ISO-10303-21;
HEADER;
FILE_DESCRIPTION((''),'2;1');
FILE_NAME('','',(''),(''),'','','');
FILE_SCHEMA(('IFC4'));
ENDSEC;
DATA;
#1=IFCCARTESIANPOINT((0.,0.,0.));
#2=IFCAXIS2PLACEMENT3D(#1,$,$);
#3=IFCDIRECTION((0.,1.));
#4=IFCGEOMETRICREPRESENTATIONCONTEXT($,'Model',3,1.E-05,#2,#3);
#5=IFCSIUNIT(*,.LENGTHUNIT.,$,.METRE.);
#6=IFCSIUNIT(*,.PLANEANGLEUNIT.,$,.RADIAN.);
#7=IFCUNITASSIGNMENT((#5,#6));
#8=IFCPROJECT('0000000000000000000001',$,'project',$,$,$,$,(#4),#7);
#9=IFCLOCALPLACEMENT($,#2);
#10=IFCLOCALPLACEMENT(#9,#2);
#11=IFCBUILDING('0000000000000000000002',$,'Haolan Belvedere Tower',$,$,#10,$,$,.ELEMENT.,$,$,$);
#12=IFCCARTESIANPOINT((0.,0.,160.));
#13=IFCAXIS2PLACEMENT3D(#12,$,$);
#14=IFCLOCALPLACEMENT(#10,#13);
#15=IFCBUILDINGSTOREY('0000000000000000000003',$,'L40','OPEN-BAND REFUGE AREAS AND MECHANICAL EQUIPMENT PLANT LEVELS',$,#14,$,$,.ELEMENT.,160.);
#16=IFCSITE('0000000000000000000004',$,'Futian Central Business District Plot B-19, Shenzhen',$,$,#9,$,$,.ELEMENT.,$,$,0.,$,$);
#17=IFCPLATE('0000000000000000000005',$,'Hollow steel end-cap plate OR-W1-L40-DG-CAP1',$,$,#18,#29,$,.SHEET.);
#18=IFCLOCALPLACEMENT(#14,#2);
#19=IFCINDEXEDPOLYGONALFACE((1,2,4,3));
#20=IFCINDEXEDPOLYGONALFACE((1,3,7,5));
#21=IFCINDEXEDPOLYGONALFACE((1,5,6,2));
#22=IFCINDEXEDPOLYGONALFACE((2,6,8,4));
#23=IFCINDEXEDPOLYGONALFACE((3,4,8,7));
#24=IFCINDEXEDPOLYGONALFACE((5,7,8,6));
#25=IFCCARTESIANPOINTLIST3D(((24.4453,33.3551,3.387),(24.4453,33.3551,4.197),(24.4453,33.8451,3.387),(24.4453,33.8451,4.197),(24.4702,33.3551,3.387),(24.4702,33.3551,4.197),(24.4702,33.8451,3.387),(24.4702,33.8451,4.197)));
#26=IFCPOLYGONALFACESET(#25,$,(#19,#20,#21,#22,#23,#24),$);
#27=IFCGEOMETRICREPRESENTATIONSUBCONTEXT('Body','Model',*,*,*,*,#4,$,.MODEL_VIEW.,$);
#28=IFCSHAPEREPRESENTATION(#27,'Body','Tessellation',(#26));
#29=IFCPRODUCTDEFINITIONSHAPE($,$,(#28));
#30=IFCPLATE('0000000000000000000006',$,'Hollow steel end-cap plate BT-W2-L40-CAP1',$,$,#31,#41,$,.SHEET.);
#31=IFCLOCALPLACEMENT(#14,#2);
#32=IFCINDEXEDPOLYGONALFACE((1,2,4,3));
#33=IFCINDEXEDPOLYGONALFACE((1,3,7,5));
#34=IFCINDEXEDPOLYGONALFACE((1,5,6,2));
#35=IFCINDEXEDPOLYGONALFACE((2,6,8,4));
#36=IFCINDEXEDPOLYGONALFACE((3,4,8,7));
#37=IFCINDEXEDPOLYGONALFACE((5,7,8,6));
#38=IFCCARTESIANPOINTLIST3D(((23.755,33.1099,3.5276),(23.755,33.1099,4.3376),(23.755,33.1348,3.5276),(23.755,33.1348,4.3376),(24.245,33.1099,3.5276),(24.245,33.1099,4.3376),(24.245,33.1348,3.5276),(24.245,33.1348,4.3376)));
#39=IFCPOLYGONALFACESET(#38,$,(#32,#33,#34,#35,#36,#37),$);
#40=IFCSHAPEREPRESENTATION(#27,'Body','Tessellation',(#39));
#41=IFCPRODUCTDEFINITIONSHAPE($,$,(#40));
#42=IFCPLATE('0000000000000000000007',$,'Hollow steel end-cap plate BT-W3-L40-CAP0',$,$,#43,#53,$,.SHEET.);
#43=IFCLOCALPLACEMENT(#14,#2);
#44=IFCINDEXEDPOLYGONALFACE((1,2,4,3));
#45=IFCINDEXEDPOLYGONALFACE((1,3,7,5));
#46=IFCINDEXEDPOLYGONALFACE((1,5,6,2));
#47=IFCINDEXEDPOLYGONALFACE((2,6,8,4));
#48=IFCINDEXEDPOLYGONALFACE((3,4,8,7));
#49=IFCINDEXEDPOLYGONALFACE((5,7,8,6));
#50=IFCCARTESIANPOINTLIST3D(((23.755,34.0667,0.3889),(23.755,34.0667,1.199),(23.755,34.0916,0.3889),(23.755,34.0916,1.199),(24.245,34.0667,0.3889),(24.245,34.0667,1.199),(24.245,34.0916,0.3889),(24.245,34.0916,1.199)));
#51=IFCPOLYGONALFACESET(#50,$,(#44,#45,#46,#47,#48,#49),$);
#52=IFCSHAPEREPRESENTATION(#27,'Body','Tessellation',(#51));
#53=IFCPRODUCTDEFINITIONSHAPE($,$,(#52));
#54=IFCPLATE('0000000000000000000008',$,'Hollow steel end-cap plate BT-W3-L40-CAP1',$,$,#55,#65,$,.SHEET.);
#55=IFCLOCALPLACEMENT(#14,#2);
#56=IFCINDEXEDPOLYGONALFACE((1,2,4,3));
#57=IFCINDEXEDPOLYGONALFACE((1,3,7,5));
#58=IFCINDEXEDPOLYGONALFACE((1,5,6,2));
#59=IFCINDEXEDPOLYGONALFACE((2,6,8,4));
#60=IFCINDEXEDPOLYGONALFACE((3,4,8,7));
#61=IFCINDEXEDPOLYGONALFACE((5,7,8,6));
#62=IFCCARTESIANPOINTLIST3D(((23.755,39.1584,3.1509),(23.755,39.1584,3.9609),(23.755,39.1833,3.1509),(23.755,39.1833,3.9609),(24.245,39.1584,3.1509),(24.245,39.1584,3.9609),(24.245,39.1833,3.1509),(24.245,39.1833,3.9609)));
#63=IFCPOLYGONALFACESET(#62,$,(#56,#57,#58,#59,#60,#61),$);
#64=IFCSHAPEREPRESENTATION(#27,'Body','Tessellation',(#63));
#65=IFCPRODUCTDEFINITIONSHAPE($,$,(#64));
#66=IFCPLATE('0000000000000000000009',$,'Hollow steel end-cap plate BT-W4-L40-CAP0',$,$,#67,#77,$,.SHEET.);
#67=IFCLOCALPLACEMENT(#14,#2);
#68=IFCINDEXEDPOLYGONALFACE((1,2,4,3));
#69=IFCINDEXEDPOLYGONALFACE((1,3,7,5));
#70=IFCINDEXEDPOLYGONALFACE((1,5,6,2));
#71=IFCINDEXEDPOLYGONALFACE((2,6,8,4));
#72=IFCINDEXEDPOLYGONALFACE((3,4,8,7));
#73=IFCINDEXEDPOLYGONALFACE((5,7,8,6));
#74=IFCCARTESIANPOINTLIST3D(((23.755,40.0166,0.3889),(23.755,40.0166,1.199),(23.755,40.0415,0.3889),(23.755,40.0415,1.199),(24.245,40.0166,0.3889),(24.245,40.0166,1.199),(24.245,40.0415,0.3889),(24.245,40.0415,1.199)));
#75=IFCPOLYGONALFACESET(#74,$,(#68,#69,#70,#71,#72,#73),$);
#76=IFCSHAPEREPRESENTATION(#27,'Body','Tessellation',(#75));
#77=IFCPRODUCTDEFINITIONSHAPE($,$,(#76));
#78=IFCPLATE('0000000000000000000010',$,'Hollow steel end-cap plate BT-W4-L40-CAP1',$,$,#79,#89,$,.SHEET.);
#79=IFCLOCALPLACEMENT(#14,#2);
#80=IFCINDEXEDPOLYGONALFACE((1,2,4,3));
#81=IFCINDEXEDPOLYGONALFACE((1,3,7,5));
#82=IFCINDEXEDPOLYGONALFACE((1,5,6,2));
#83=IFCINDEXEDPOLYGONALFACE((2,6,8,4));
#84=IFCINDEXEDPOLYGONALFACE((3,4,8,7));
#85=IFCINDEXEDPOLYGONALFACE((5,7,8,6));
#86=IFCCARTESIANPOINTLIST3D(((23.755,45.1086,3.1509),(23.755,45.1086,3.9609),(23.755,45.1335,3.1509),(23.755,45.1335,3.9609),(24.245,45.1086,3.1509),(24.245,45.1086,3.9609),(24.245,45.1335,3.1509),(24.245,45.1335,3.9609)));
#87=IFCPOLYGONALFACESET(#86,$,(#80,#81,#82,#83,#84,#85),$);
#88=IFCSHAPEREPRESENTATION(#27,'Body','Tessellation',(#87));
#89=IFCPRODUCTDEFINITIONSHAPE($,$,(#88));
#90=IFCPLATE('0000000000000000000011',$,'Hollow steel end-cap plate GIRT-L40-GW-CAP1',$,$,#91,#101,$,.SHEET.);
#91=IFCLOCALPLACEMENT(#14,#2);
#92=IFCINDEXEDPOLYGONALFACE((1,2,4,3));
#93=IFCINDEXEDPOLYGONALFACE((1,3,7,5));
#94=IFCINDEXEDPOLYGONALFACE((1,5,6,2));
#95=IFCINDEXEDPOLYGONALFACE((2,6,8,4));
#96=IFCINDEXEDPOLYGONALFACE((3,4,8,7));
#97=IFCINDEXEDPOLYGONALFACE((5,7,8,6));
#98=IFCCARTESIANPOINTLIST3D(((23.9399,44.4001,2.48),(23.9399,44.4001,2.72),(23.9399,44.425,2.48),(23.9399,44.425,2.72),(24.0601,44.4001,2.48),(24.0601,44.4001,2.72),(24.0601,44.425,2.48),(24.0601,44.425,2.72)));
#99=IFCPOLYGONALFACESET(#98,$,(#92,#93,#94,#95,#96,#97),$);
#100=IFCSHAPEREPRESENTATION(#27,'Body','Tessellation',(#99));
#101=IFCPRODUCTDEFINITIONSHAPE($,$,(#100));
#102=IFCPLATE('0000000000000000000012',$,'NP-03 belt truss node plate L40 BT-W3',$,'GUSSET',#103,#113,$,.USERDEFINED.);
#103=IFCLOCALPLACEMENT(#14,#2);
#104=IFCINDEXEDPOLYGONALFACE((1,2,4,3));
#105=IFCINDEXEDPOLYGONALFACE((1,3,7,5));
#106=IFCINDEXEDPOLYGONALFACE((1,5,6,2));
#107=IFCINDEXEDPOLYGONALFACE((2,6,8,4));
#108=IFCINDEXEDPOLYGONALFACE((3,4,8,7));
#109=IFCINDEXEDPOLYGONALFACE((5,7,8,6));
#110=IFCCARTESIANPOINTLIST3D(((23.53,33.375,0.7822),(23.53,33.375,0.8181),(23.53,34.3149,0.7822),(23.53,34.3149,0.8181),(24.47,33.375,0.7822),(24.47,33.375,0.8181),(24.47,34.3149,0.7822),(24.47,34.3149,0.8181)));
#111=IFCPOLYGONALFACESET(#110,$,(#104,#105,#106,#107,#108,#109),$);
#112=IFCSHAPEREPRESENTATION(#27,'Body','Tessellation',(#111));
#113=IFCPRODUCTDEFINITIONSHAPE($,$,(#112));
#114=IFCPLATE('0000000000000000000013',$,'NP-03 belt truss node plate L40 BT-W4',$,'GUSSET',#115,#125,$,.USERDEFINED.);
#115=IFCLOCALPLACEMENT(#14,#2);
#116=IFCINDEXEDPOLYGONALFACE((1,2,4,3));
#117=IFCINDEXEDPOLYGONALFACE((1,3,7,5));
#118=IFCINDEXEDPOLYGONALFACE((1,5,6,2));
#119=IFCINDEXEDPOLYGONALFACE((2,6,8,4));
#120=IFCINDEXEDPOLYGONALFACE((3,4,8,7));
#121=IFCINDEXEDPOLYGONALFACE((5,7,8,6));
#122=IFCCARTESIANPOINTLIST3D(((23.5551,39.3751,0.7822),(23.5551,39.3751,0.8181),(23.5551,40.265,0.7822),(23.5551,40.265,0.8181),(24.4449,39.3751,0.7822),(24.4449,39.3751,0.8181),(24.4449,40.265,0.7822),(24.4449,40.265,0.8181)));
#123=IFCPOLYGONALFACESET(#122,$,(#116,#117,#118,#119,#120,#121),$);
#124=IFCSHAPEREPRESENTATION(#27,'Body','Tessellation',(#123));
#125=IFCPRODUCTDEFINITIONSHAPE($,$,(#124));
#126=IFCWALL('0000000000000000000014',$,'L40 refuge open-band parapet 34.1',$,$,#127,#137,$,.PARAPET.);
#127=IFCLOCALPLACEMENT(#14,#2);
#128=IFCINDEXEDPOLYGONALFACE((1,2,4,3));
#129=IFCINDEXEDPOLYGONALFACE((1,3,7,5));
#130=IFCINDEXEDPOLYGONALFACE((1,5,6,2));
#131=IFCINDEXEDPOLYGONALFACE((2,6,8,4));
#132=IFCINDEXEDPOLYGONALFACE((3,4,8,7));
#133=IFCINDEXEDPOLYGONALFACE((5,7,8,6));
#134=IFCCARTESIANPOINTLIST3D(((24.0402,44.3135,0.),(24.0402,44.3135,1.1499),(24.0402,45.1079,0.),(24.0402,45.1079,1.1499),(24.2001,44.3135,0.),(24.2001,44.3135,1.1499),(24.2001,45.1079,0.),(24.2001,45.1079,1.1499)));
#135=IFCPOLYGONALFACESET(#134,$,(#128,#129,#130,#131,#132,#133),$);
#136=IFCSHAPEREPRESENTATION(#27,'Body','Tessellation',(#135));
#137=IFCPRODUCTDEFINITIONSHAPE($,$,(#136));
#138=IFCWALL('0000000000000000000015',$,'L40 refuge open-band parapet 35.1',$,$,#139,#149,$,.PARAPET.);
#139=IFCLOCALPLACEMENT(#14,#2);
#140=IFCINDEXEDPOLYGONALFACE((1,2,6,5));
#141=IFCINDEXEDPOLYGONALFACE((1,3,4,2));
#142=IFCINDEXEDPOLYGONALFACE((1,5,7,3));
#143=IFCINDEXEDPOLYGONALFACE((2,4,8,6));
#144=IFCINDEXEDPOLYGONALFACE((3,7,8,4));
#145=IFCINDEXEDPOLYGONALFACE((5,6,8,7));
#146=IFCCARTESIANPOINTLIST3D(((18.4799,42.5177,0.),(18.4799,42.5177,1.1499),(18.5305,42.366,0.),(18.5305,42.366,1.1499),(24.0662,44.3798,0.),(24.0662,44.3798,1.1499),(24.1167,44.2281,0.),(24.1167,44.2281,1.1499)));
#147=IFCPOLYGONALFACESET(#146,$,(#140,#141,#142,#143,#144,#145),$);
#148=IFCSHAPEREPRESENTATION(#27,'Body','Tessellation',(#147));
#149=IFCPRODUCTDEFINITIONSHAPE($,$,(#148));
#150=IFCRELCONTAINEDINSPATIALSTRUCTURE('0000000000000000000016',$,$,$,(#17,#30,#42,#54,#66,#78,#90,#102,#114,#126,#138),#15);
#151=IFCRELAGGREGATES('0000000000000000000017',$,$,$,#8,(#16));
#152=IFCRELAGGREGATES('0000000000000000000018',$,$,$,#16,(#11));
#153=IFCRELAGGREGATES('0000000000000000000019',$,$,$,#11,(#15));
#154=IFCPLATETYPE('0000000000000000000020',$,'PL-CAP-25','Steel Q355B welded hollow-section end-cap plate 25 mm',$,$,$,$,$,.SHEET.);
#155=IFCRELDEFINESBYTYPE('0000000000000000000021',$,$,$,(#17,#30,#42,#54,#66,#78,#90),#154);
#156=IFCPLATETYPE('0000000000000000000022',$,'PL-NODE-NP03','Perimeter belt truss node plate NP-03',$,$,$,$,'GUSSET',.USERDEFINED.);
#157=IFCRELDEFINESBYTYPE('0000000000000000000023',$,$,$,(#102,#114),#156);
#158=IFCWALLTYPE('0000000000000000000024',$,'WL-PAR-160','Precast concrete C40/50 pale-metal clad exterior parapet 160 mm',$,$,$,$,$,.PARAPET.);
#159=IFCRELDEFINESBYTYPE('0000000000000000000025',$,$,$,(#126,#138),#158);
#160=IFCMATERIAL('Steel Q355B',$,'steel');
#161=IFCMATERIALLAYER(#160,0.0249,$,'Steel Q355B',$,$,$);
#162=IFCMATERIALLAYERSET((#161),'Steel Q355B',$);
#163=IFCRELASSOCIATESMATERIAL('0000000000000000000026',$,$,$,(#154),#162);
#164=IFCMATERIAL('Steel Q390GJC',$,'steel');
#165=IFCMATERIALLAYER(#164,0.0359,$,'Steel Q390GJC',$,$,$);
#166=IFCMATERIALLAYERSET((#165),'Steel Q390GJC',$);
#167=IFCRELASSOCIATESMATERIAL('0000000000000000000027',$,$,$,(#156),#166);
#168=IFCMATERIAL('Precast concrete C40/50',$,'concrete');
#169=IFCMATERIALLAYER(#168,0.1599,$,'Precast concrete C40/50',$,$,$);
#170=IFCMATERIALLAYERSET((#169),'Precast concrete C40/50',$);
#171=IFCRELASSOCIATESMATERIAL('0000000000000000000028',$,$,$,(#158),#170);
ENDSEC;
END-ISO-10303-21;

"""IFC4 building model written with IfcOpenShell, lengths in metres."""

from ifc_helpers import new_model, si_unit, direction, frame, frame_2d, origin, origin_2d, place, context, subcontext, project, spatial, rectangle, extrude, material, layer, layer_set, type_object, element, save


model = new_model("IFC4")

# Units and contexts
model_context = context("Model", 3, precision=1e-05, world=origin(), true_north=direction((0.0, 1.0)))
body_context = subcontext(model_context, "Body", "Model", "MODEL_VIEW")
ifc_project = project(units=[si_unit("LENGTHUNIT", "METRE"), si_unit("PLANEANGLEUNIT", "RADIAN")], contexts=[model_context])

# Site, building, storey
site_placement = place(None, origin())
site = spatial("IfcSite", under=ifc_project, at=site_placement, Name="Futian Central Business District Plot B-19, Shenzhen", CompositionType="ELEMENT", RefElevation=0.0)
building_placement = place(site_placement, origin())
building = spatial("IfcBuilding", under=site, at=building_placement, Name="Haolan Belvedere Tower", CompositionType="ELEMENT")
storey_placement = place(building_placement, frame((0.0, 0.0, 160.0)))
storey = spatial("IfcBuildingStorey", under=building, at=storey_placement, Name="L40", Description="OPEN-BAND REFUGE AREAS AND MECHANICAL EQUIPMENT PLANT LEVELS", CompositionType="ELEMENT", Elevation=160.0)

# Shared definitions
ifc_material_1 = material(Name="Steel Q390GJC", Category="steel")

# Shared definitions
ifc_material_2 = material(Name="Steel Q355B", Category="steel")

# Plates
ifc_layer_1 = layer(ifc_material_2, 0.0249, Name="Steel Q355B")
ifc_layer_set_1 = layer_set([ifc_layer_1], Name="Steel Q355B")
plate_type_1 = type_object("IfcPlateType", Name="PL-CAP-25", Description="Steel Q355B welded hollow-section end-cap plate 25 mm", PredefinedType="SHEET", material=ifc_layer_set_1)
for number, where, z_axis, x_axis, name in (
    (1, (24.4578, 33.6001, 3.387), (0.0, 0.0, 1.0), (0.0, -1.0, 0.0), "Hollow steel end-cap plate OR-W1-L40-DG-CAP1"),
    (2, (24.0, 33.1223, 3.5276), (0.0, 0.0, 1.0), (-1.0, 0.0, 0.0), "Hollow steel end-cap plate BT-W2-L40-CAP1"),
    (3, (24.0, 34.0791, 0.3889), (0.0, 0.0, 1.0), (1.0, 0.0, 0.0), "Hollow steel end-cap plate BT-W3-L40-CAP0"),
    (4, (24.0, 39.1709, 3.1509), (0.0, 0.0, 1.0), (-1.0, 0.0, 0.0), "Hollow steel end-cap plate BT-W3-L40-CAP1"),
    (5, (24.0, 40.0291, 0.3889), (0.0, 0.0, 1.0), (1.0, 0.0, 0.0), "Hollow steel end-cap plate BT-W4-L40-CAP0"),
    (6, (24.0, 45.1211, 3.1509), (0.0, 0.0, 1.0), (-1.0, 0.0, 0.0), "Hollow steel end-cap plate BT-W4-L40-CAP1"),
):
    element("IfcPlate", number, at=place(storey_placement, frame(where, z_axis=z_axis, x_axis=x_axis)), inside=storey, type_object=plate_type_1, Name=name, PredefinedType="SHEET", context=body_context, shape_type="SweptSolid", body=[
        extrude(rectangle(XDim=0.49, YDim=0.0249, at=origin_2d()), origin(), (0.0, 0.0, 1.0), 0.8101),
    ])
plate_1_placement = place(storey_placement, frame((24.0, 44.4126, 2.48), z_axis=(0.0, 0.0, 1.0), x_axis=(-1.0, 0.0, 0.0)))
element("IfcPlate", 7, at=plate_1_placement, inside=storey, type_object=plate_type_1, Name="Hollow steel end-cap plate GIRT-L40-GW-CAP1", PredefinedType="SHEET", context=body_context, shape_type="SweptSolid", body=[
    extrude(rectangle(XDim=0.1201, YDim=0.0249, at=origin_2d()), origin(), (0.0, 0.0, 1.0), 0.24),
])
ifc_layer_2 = layer(ifc_material_1, 0.0359, Name="Steel Q390GJC")
ifc_layer_set_2 = layer_set([ifc_layer_2], Name="Steel Q390GJC")
plate_type_2 = type_object("IfcPlateType", Name="PL-NODE-NP03", Description="Perimeter belt truss node plate NP-03", ElementType="GUSSET", PredefinedType="USERDEFINED", material=ifc_layer_set_2)
plate_2_placement = place(storey_placement, frame((24.0, 33.845, 0.7822), z_axis=(0.0, 0.0, 1.0), x_axis=(1.0, 0.0, 0.0)))
element("IfcPlate", 8, at=plate_2_placement, inside=storey, type_object=plate_type_2, Name="NP-03 belt truss node plate L40 BT-W3", ObjectType="GUSSET", PredefinedType="USERDEFINED", context=body_context, shape_type="SweptSolid", body=[
    extrude(rectangle(XDim=0.9399, YDim=0.9399, at=origin_2d()), origin(), (0.0, 0.0, 1.0), 0.0359),
])
plate_3_placement = place(storey_placement, frame((24.0, 39.8201, 0.7822), z_axis=(0.0, 0.0, 1.0), x_axis=(1.0, 0.0, 0.0)))
element("IfcPlate", 9, at=plate_3_placement, inside=storey, type_object=plate_type_2, Name="NP-03 belt truss node plate L40 BT-W4", ObjectType="GUSSET", PredefinedType="USERDEFINED", context=body_context, shape_type="SweptSolid", body=[
    extrude(rectangle(XDim=0.8899, YDim=0.8899, at=origin_2d()), origin(), (0.0, 0.0, 1.0), 0.0359),
])

# Walls
ifc_material_3 = material(Name="Precast concrete C40/50", Category="concrete")
ifc_layer_3 = layer(ifc_material_3, 0.1599, Name="Precast concrete C40/50")
ifc_layer_set_3 = layer_set([ifc_layer_3], Name="Precast concrete C40/50")
wall_type = type_object("IfcWallType", Name="WL-PAR-160", Description="Precast concrete C40/50 pale-metal clad exterior parapet 160 mm", PredefinedType="PARAPET", material=ifc_layer_set_3)
wall_1_placement = place(storey_placement, frame((24.1201, 45.1079, 0.0), z_axis=(0.0, 0.0, 1.0), x_axis=(0.0, -1.0, 0.0)))
element("IfcWall", 10, at=wall_1_placement, inside=storey, type_object=wall_type, Name="L40 refuge open-band parapet 34.1", PredefinedType="PARAPET", context=body_context, shape_type="SweptSolid", body=[
    extrude(rectangle(XDim=0.7944, YDim=0.1599, at=frame_2d((0.3972, 0.0))), origin(), (0.0, 0.0, 1.0), 1.1499),
])
wall_2_placement = place(storey_placement, frame((24.0916, 44.304, 0.0), z_axis=(0.0, 0.0, 1.0), x_axis=(-0.948683, -0.316228, 0.0)))
element("IfcWall", 11, at=wall_2_placement, inside=storey, type_object=wall_type, Name="L40 refuge open-band parapet 35.1", PredefinedType="PARAPET", context=body_context, shape_type="SweptSolid", body=[
    extrude(rectangle(XDim=5.8884, YDim=0.1599, at=frame_2d((2.9443, 0.0))), origin(), (0.0, 0.0, 1.0), 1.1499),
])

save(model, "model.ifc")
